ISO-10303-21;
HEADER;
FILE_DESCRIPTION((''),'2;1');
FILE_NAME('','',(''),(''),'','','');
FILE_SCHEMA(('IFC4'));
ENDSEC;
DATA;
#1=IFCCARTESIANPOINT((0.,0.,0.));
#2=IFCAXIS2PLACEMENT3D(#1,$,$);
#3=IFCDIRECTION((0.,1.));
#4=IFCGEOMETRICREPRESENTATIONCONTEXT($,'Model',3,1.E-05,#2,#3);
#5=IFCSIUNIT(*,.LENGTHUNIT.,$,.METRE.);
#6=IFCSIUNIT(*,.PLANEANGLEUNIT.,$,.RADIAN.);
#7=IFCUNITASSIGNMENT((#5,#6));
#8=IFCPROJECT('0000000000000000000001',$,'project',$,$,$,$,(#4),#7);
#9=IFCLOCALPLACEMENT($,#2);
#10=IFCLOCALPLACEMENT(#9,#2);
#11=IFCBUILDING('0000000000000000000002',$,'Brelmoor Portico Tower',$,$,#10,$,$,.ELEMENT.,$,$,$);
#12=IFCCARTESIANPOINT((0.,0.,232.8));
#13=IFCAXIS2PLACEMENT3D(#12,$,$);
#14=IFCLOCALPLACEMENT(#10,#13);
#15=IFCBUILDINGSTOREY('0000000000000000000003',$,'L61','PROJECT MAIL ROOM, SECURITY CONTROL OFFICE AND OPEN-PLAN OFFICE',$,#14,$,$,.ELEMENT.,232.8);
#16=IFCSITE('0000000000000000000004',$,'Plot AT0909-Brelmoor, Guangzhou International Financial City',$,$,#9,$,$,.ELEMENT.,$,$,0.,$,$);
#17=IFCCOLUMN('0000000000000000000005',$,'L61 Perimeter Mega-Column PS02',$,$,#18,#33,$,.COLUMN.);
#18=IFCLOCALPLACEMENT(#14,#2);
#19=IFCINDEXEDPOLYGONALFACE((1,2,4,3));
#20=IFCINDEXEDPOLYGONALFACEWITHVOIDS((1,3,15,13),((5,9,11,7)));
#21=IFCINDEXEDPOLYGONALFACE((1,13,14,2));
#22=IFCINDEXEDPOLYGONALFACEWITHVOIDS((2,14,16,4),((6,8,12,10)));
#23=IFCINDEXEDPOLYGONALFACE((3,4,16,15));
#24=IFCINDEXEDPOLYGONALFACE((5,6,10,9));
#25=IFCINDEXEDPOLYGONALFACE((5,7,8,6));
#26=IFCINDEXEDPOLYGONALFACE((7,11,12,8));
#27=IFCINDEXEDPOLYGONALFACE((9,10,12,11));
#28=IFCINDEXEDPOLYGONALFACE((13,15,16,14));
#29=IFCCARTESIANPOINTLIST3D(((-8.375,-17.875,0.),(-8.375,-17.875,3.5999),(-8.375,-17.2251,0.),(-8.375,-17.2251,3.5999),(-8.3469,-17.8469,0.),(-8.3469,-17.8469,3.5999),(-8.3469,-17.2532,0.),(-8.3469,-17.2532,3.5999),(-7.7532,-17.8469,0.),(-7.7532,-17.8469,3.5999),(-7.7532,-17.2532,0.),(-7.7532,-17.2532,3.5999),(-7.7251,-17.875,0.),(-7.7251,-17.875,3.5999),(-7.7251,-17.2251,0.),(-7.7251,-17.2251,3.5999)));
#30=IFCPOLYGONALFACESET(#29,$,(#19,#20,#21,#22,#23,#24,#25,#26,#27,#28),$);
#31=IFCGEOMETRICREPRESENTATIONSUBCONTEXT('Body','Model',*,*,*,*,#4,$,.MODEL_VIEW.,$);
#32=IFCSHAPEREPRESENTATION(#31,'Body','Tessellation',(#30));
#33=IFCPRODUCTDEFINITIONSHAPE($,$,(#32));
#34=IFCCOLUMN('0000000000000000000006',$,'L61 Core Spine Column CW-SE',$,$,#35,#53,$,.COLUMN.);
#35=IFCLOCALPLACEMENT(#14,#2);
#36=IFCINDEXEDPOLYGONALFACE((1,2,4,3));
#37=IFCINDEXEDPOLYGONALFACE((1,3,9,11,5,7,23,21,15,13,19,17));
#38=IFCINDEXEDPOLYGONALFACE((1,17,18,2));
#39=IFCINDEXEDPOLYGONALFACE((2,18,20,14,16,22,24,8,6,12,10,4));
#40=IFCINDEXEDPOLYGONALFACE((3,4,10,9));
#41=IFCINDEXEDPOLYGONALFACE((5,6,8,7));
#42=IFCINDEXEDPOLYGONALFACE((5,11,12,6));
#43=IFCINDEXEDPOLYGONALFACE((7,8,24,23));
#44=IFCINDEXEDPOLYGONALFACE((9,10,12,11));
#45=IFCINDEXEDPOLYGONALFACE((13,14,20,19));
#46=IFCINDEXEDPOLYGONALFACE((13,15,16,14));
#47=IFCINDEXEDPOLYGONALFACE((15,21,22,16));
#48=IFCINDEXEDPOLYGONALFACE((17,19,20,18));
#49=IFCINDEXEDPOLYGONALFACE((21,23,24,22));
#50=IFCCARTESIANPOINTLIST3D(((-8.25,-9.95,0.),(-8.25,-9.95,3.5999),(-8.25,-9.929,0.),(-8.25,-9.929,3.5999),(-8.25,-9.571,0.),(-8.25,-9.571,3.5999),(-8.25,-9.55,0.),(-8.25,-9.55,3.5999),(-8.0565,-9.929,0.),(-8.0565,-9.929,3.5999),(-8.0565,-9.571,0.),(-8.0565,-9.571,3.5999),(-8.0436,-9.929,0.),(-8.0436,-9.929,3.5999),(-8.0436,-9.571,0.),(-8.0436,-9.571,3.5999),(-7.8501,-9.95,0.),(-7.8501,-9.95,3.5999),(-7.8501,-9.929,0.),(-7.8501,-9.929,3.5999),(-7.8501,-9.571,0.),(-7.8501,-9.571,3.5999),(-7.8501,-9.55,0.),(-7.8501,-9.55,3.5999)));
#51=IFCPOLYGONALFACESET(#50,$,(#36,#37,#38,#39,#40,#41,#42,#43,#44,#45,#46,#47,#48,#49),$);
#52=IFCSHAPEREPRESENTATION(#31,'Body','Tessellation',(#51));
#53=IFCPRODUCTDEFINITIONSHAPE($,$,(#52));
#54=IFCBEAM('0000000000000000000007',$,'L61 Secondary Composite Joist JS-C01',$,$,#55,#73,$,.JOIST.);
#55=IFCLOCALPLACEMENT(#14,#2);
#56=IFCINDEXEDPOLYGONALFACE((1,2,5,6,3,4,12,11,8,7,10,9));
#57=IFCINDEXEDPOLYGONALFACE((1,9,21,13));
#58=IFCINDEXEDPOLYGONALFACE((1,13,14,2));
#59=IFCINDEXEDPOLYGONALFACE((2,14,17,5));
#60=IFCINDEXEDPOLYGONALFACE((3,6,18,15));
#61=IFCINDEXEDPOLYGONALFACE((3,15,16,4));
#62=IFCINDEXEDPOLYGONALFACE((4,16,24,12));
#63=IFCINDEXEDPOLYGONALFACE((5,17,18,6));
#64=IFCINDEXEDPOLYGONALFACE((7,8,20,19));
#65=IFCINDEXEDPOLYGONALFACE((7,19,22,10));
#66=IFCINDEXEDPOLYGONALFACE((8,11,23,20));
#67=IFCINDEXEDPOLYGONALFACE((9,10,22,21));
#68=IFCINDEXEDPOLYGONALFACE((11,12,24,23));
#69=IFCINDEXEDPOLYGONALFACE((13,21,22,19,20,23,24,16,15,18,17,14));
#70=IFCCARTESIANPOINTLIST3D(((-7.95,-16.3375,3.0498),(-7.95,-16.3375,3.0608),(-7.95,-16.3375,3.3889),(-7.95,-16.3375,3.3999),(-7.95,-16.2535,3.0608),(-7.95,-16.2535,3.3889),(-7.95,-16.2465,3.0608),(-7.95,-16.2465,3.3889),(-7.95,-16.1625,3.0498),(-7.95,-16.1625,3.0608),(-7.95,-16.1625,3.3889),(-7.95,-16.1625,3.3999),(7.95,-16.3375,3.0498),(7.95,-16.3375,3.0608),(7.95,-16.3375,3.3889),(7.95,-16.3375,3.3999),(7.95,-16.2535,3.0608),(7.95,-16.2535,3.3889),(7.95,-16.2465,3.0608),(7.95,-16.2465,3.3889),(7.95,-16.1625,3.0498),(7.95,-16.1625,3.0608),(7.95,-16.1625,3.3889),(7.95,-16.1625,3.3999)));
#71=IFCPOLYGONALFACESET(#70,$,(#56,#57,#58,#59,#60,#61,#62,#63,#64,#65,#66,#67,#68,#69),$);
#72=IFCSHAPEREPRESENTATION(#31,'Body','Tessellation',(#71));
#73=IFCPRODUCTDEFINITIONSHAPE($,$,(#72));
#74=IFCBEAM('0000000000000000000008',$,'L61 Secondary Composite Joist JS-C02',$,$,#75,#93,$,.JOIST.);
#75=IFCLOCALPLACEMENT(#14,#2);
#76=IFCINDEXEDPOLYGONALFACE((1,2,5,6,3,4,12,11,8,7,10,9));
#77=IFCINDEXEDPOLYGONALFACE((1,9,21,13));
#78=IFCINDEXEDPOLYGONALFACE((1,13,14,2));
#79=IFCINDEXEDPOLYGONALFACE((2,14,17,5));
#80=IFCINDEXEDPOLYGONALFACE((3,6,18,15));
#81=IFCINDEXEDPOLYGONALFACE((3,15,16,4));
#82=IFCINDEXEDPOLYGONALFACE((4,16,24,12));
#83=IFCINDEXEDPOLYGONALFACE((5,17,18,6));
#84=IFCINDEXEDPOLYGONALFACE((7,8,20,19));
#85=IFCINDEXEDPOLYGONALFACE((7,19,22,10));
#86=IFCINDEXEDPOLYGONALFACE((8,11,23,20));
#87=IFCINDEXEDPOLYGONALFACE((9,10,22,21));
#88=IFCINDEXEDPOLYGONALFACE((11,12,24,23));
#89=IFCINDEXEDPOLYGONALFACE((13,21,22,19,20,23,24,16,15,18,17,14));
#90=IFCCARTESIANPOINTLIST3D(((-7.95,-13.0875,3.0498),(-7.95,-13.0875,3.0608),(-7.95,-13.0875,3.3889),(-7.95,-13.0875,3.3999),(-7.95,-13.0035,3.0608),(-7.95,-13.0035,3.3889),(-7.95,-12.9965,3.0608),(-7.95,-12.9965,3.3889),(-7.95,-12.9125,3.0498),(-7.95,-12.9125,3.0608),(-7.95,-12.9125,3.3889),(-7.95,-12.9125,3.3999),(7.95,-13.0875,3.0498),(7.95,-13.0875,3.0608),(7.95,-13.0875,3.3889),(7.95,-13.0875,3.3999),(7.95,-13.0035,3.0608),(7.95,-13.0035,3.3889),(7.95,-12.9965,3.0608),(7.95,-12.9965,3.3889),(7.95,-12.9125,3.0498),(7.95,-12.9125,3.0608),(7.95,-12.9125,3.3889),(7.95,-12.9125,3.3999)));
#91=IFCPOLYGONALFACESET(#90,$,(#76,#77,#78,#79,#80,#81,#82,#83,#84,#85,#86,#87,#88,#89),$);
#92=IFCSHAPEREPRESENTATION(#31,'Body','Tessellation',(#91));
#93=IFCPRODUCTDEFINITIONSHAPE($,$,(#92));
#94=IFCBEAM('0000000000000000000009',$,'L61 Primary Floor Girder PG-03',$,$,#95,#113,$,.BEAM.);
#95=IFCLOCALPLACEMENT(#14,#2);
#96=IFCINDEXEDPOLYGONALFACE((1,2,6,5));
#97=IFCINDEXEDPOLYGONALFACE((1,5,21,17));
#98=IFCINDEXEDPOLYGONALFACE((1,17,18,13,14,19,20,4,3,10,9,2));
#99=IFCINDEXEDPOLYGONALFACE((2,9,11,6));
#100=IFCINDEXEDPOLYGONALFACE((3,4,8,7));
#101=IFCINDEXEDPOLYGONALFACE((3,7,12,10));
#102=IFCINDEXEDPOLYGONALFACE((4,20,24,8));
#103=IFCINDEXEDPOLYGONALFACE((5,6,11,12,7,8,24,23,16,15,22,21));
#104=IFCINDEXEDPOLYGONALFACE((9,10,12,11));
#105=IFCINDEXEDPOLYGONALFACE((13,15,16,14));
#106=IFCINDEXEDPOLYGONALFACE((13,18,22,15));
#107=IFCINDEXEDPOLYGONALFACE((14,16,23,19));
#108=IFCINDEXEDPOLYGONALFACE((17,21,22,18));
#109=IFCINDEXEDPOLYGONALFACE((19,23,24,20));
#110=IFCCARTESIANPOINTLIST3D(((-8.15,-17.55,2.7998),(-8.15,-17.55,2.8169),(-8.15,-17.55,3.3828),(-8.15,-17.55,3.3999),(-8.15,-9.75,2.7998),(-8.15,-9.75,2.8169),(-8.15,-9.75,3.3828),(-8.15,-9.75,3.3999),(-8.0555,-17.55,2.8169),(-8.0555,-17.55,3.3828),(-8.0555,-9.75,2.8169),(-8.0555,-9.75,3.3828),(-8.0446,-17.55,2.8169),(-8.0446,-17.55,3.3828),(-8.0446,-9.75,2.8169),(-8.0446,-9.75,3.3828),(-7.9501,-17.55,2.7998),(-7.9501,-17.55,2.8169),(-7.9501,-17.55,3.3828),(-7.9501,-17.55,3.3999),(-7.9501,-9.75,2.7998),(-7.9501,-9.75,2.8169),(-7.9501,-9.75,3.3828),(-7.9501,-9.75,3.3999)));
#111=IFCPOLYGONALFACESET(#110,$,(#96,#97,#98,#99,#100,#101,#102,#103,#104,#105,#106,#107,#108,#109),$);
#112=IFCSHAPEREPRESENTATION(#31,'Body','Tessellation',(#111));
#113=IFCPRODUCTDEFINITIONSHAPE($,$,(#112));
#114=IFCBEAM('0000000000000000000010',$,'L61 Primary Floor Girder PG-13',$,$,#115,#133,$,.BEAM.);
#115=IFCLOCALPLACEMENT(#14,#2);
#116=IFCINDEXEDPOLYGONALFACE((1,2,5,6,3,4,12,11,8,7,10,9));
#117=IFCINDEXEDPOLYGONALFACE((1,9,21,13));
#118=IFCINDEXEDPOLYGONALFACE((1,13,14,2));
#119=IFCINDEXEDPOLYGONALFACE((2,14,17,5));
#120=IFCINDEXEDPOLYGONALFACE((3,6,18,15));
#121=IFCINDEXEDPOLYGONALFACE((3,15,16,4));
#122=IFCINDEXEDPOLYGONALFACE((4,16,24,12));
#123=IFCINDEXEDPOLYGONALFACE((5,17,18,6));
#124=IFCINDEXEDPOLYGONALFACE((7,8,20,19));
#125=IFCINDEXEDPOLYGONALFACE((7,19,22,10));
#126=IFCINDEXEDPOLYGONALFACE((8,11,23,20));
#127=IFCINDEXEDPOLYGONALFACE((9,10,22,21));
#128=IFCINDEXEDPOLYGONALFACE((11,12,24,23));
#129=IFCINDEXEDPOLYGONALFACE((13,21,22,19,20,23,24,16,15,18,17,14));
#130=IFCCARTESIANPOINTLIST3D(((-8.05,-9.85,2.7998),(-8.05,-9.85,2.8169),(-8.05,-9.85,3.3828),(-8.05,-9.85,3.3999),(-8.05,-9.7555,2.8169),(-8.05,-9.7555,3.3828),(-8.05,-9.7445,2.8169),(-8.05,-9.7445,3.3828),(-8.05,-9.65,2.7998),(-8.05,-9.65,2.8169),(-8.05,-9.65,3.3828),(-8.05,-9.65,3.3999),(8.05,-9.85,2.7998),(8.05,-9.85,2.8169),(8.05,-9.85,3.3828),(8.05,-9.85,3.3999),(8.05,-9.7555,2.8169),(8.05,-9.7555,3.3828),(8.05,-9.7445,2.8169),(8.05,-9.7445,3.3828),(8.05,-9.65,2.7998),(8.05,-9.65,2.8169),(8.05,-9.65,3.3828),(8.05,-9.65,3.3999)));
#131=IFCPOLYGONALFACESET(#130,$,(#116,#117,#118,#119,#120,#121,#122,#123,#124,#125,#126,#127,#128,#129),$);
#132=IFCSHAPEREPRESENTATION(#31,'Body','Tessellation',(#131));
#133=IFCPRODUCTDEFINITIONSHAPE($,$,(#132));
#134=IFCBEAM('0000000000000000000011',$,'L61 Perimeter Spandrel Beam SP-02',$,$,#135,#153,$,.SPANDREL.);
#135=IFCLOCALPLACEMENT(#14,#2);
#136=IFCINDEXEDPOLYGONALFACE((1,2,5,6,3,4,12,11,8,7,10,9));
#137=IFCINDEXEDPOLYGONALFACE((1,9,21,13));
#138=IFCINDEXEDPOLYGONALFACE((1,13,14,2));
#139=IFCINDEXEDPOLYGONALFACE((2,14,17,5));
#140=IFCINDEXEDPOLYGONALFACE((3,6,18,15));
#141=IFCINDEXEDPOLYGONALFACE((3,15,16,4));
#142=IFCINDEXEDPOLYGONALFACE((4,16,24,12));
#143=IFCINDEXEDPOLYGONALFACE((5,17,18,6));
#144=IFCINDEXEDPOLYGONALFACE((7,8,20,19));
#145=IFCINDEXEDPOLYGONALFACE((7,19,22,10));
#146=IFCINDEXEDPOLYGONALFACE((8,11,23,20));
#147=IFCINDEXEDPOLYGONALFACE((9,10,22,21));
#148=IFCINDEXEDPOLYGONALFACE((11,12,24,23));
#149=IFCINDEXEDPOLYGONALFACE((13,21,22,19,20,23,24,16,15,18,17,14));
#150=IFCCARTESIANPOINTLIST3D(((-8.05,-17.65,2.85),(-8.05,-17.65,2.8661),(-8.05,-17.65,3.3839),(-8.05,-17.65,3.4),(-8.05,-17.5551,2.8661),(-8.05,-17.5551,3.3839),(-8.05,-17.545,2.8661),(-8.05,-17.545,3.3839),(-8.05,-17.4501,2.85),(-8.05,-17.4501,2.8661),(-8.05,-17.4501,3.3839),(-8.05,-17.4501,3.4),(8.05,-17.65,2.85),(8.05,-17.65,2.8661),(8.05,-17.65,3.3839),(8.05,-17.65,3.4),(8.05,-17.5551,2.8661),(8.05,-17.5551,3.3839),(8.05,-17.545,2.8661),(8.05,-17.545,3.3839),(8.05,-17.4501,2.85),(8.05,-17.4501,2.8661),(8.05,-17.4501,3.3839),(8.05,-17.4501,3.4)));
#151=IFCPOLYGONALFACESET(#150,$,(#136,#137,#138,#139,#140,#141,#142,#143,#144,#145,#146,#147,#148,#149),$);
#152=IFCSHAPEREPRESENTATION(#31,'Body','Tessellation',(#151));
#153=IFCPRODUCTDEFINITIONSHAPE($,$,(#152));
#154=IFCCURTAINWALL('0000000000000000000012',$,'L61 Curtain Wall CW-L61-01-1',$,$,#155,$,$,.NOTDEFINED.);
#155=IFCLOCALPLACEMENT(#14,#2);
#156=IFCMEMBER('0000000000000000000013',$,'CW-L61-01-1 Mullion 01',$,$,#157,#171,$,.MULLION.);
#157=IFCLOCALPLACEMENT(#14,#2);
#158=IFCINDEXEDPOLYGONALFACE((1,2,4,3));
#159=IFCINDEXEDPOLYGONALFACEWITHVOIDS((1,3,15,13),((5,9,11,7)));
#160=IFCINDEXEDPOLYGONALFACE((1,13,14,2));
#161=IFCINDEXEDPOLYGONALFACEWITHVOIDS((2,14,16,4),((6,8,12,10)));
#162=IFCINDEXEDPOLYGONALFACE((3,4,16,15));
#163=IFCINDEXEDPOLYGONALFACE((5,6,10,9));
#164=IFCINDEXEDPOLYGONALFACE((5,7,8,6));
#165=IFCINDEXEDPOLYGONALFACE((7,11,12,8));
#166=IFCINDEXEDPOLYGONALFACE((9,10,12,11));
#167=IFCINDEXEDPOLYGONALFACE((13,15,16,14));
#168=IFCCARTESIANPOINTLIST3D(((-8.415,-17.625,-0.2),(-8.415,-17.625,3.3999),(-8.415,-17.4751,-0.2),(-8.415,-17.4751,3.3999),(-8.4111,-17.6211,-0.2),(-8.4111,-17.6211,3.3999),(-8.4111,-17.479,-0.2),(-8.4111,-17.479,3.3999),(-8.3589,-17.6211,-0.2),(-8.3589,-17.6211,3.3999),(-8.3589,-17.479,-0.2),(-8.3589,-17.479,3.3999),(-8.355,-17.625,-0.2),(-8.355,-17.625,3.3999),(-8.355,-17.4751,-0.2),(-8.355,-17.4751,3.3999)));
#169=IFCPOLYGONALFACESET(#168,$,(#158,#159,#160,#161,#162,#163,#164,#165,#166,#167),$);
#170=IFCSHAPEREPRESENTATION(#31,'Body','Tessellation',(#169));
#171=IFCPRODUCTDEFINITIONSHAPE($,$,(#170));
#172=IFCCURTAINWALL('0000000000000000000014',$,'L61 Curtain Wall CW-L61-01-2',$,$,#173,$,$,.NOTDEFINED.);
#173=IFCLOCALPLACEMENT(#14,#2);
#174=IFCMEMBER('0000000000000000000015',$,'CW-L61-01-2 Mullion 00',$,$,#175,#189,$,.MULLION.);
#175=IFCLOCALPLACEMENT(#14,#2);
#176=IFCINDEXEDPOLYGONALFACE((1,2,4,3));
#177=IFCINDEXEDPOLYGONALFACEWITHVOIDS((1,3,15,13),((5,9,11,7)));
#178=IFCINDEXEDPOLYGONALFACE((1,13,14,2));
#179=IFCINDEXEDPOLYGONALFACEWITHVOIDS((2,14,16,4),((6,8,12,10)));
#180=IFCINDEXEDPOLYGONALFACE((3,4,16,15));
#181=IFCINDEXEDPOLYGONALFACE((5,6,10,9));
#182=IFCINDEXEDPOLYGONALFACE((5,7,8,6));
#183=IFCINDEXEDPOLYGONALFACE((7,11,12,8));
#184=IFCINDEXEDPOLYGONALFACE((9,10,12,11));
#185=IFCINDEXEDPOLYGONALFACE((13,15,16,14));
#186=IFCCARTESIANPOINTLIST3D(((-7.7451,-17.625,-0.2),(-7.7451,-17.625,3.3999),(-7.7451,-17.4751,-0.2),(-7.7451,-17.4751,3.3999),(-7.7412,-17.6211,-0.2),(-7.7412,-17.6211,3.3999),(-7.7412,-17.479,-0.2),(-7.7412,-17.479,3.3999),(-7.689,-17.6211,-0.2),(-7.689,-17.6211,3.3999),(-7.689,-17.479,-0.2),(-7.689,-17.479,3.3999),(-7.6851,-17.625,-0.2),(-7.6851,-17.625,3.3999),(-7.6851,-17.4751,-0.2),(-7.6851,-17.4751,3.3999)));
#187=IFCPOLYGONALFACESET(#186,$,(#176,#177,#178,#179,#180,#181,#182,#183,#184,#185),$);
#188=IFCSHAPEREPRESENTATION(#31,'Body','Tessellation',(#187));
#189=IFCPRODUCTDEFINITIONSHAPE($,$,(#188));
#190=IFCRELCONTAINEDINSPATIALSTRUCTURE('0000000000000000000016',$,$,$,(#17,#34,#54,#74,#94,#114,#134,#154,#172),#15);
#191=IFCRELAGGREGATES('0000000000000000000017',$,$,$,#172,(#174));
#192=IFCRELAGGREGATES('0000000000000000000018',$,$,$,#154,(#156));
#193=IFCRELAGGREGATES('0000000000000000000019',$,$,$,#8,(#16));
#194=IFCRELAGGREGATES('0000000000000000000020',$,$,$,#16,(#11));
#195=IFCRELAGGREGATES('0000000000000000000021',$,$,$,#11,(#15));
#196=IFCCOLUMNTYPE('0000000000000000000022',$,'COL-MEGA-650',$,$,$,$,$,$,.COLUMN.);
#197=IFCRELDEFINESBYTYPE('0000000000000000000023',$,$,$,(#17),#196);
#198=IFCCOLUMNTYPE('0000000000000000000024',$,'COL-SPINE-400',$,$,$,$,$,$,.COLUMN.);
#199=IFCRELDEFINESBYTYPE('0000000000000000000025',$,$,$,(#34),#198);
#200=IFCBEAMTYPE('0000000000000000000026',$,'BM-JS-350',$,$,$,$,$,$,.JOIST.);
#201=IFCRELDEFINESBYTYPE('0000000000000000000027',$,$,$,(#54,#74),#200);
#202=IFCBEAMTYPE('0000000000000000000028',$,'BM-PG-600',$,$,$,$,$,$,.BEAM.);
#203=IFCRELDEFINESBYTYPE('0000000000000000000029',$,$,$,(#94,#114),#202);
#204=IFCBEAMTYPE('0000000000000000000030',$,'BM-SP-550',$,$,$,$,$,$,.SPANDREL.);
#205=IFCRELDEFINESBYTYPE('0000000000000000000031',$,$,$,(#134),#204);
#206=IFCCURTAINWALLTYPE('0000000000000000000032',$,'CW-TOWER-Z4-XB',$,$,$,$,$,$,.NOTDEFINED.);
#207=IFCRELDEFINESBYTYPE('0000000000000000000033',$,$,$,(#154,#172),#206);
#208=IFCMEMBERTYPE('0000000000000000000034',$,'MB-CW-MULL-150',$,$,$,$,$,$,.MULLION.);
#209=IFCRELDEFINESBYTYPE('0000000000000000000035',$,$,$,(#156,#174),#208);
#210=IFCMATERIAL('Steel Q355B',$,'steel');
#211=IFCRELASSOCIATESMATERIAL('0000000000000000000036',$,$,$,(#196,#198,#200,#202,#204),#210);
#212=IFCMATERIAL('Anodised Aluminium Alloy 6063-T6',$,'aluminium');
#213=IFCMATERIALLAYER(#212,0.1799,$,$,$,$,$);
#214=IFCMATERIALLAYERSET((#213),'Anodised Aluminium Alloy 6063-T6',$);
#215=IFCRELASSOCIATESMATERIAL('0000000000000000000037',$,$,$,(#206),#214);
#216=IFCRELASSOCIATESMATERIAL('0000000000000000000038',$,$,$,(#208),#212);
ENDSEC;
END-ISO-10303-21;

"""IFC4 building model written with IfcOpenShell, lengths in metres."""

from ifc_helpers import new_model, si_unit, direction, frame, origin, origin_2d, place, context, subcontext, project, spatial, hollow_rectangle, i_section, extrude, material, layer, layer_set, material_profile, profile_set, type_object, element, aggregate, save


model = new_model("IFC4")

# Units and contexts
model_context = context("Model", 3, precision=1e-05, world=origin(), true_north=direction((0.0, 1.0)))
body_context = subcontext(model_context, "Body", "Model", "MODEL_VIEW")
ifc_project = project(units=[si_unit("LENGTHUNIT", "METRE"), si_unit("PLANEANGLEUNIT", "RADIAN")], contexts=[model_context])

# Site, building, storey
site_placement = place(None, origin())
site = spatial("IfcSite", under=ifc_project, at=site_placement, Name="Plot AT0909-Brelmoor, Guangzhou International Financial City", CompositionType="ELEMENT", RefElevation=0.0)
building_placement = place(site_placement, origin())
building = spatial("IfcBuilding", under=site, at=building_placement, Name="Brelmoor Portico Tower", CompositionType="ELEMENT")
storey_placement = place(building_placement, frame((0.0, 0.0, 232.8)))
storey = spatial("IfcBuildingStorey", under=building, at=storey_placement, Name="L61", Description="PROJECT MAIL ROOM, SECURITY CONTROL OFFICE AND OPEN-PLAN OFFICE", CompositionType="ELEMENT", Elevation=232.8)

# Columns
ifc_material_1 = material(Name="Steel Q355B", Category="steel")
ifc_material_profile_1 = material_profile(ifc_material_1, hollow_rectangle(XDim=0.6499, YDim=0.6499, WallThickness=0.0281, at=origin_2d()), Name="BOX 650x650x28")
ifc_profile_set_1 = profile_set([ifc_material_profile_1], Name="Steel Q355B")
column_type_1 = type_object("IfcColumnType", Name="COL-MEGA-650", PredefinedType="COLUMN", material=ifc_profile_set_1)
column_1_placement = place(storey_placement, frame((-8.05, -17.55, 0.0), z_axis=(0.0, 0.0, 1.0), x_axis=(1.0, 0.0, 0.0)))
element("IfcColumn", 1, at=column_1_placement, inside=storey, type_object=column_type_1, Name="L61 Perimeter Mega-Column PS02", PredefinedType="COLUMN", context=body_context, shape_type="SweptSolid", body=[
    extrude(hollow_rectangle(XDim=0.6499, YDim=0.6499, WallThickness=0.0281, at=origin_2d()), origin(), (0.0, 0.0, 1.0), 3.5999),
])
ifc_material_profile_2 = material_profile(ifc_material_1, i_section(OverallWidth=0.3999, OverallDepth=0.3999, WebThickness=0.0129, FlangeThickness=0.021, at=origin_2d()), Name="HW 400x400x13x21")
ifc_profile_set_2 = profile_set([ifc_material_profile_2], Name="Steel Q355B")
column_type_2 = type_object("IfcColumnType", Name="COL-SPINE-400", PredefinedType="COLUMN", material=ifc_profile_set_2)
column_2_placement = place(storey_placement, frame((-8.05, -9.75, 0.0), z_axis=(0.0, 0.0, 1.0), x_axis=(1.0, 0.0, 0.0)))
element("IfcColumn", 2, at=column_2_placement, inside=storey, type_object=column_type_2, Name="L61 Core Spine Column CW-SE", PredefinedType="COLUMN", context=body_context, shape_type="SweptSolid", body=[
    extrude(i_section(OverallWidth=0.3999, OverallDepth=0.3999, WebThickness=0.0129, FlangeThickness=0.021, at=origin_2d()), origin(), (0.0, 0.0, 1.0), 3.5999),
])

# Beams
ifc_material_profile_3 = material_profile(ifc_material_1, i_section(OverallWidth=0.175, OverallDepth=0.3501, WebThickness=0.0071, FlangeThickness=0.011, at=origin_2d()), Name="HN 350x175x7x11")
ifc_profile_set_3 = profile_set([ifc_material_profile_3], Name="Steel Q355B")
beam_type_1 = type_object("IfcBeamType", Name="BM-JS-350", PredefinedType="JOIST", material=ifc_profile_set_3)
for number, where, z_axis, x_axis, name in (
    (3, (-7.95, -16.25, 3.2249), (1.0, 0.0, 0.0), (0.0, 1.0, 0.0), "L61 Secondary Composite Joist JS-C01"),
    (4, (-7.95, -13.0, 3.2249), (1.0, 0.0, 0.0), (0.0, 1.0, 0.0), "L61 Secondary Composite Joist JS-C02"),
):
    element("IfcBeam", number, at=place(storey_placement, frame(where, z_axis=z_axis, x_axis=x_axis)), inside=storey, type_object=beam_type_1, Name=name, PredefinedType="JOIST", context=body_context, shape_type="SweptSolid", body=[
        extrude(i_section(OverallWidth=0.175, OverallDepth=0.3501, WebThickness=0.0071, FlangeThickness=0.011, at=origin_2d()), origin(), (0.0, 0.0, 1.0), 15.8999),
    ])
ifc_material_profile_4 = material_profile(ifc_material_1, i_section(OverallWidth=0.2, OverallDepth=0.6001, WebThickness=0.011, FlangeThickness=0.0171, at=origin_2d()), Name="HN 600x200x11x17")
ifc_profile_set_4 = profile_set([ifc_material_profile_4], Name="Steel Q355B")
beam_type_2 = type_object("IfcBeamType", Name="BM-PG-600", PredefinedType="BEAM", material=ifc_profile_set_4)
beam_1_placement = place(storey_placement, frame((-8.05, -17.55, 3.0999), z_axis=(0.0, 1.0, 0.0), x_axis=(-1.0, 0.0, 0.0)))
element("IfcBeam", 5, at=beam_1_placement, inside=storey, type_object=beam_type_2, Name="L61 Primary Floor Girder PG-03", PredefinedType="BEAM", context=body_context, shape_type="SweptSolid", body=[
    extrude(i_section(OverallWidth=0.2, OverallDepth=0.6001, WebThickness=0.011, FlangeThickness=0.0171, at=origin_2d()), origin(), (0.0, 0.0, 1.0), 7.8),
])
beam_2_placement = place(storey_placement, frame((-8.05, -9.75, 3.0999), z_axis=(1.0, 0.0, 0.0), x_axis=(0.0, 1.0, 0.0)))
element("IfcBeam", 6, at=beam_2_placement, inside=storey, type_object=beam_type_2, Name="L61 Primary Floor Girder PG-13", PredefinedType="BEAM", context=body_context, shape_type="SweptSolid", body=[
    extrude(i_section(OverallWidth=0.2, OverallDepth=0.6001, WebThickness=0.011, FlangeThickness=0.0171, at=origin_2d()), origin(), (0.0, 0.0, 1.0), 16.1001),
])
ifc_material_profile_5 = material_profile(ifc_material_1, i_section(OverallWidth=0.2, OverallDepth=0.55, WebThickness=0.01, FlangeThickness=0.0161, at=origin_2d()), Name="HN 550x200x10x16")
ifc_profile_set_5 = profile_set([ifc_material_profile_5], Name="Steel Q355B")
beam_type_3 = type_object("IfcBeamType", Name="BM-SP-550", PredefinedType="SPANDREL", material=ifc_profile_set_5)
beam_3_placement = place(storey_placement, frame((-8.05, -17.55, 3.125), z_axis=(1.0, 0.0, 0.0), x_axis=(0.0, 1.0, 0.0)))
element("IfcBeam", 7, at=beam_3_placement, inside=storey, type_object=beam_type_3, Name="L61 Perimeter Spandrel Beam SP-02", PredefinedType="SPANDREL", context=body_context, shape_type="SweptSolid", body=[
    extrude(i_section(OverallWidth=0.2, OverallDepth=0.55, WebThickness=0.01, FlangeThickness=0.0161, at=origin_2d()), origin(), (0.0, 0.0, 1.0), 16.1001),
])

# Curtain wall, member
ifc_material_2 = material(Name="Anodised Aluminium Alloy 6063-T6", Category="aluminium")
ifc_layer_1 = layer(ifc_material_2, 0.1799)
ifc_layer_set_1 = layer_set([ifc_layer_1], Name="Anodised Aluminium Alloy 6063-T6")
curtain_wall_type = type_object("IfcCurtainWallType", Name="CW-TOWER-Z4-XB", PredefinedType="NOTDEFINED", material=ifc_layer_set_1)
curtain_wall_1_placement = place(storey_placement, origin())
curtain_wall_1 = element("IfcCurtainWall", 8, at=curtain_wall_1_placement, inside=storey, type_object=curtain_wall_type, Name="L61 Curtain Wall CW-L61-01-1", PredefinedType="NOTDEFINED")
ifc_material_profile_6 = material_profile(ifc_material_2, hollow_rectangle(XDim=0.0601, YDim=0.1499, WallThickness=0.0039, at=origin_2d()), Name="ALU MULLION 60x150")
ifc_profile_set_6 = profile_set([ifc_material_profile_6], Name="Anodised Aluminium Alloy 6063-T6")
member_type_1 = type_object("IfcMemberType", Name="MB-CW-MULL-150", PredefinedType="MULLION", material=ifc_profile_set_6)
member_1_placement = place(storey_placement, frame((-8.385, -17.55, -0.2), z_axis=(0.0, 0.0, 1.0), x_axis=(1.0, 0.0, 0.0)))
member_1 = element("IfcMember", 9, at=member_1_placement, type_object=member_type_1, Name="CW-L61-01-1 Mullion 01", PredefinedType="MULLION", context=body_context, shape_type="SweptSolid", body=[
    extrude(hollow_rectangle(XDim=0.0601, YDim=0.1499, WallThickness=0.0039, at=origin_2d()), origin(), (0.0, 0.0, 1.0), 3.5999),
])

# Curtain wall, member
curtain_wall_2_placement = place(storey_placement, origin())
curtain_wall_2 = element("IfcCurtainWall", 10, at=curtain_wall_2_placement, inside=storey, type_object=curtain_wall_type, Name="L61 Curtain Wall CW-L61-01-2", PredefinedType="NOTDEFINED")
member_2_placement = place(storey_placement, frame((-7.7151, -17.55, -0.2), z_axis=(0.0, 0.0, 1.0), x_axis=(1.0, 0.0, 0.0)))
member_2 = element("IfcMember", 11, at=member_2_placement, type_object=member_type_1, Name="CW-L61-01-2 Mullion 00", PredefinedType="MULLION", context=body_context, shape_type="SweptSolid", body=[
    extrude(hollow_rectangle(XDim=0.0601, YDim=0.1499, WallThickness=0.0039, at=origin_2d()), origin(), (0.0, 0.0, 1.0), 3.5999),
])
aggregate(curtain_wall_2, [member_2])

aggregate(curtain_wall_1, [member_1])

save(model, "model.ifc")
